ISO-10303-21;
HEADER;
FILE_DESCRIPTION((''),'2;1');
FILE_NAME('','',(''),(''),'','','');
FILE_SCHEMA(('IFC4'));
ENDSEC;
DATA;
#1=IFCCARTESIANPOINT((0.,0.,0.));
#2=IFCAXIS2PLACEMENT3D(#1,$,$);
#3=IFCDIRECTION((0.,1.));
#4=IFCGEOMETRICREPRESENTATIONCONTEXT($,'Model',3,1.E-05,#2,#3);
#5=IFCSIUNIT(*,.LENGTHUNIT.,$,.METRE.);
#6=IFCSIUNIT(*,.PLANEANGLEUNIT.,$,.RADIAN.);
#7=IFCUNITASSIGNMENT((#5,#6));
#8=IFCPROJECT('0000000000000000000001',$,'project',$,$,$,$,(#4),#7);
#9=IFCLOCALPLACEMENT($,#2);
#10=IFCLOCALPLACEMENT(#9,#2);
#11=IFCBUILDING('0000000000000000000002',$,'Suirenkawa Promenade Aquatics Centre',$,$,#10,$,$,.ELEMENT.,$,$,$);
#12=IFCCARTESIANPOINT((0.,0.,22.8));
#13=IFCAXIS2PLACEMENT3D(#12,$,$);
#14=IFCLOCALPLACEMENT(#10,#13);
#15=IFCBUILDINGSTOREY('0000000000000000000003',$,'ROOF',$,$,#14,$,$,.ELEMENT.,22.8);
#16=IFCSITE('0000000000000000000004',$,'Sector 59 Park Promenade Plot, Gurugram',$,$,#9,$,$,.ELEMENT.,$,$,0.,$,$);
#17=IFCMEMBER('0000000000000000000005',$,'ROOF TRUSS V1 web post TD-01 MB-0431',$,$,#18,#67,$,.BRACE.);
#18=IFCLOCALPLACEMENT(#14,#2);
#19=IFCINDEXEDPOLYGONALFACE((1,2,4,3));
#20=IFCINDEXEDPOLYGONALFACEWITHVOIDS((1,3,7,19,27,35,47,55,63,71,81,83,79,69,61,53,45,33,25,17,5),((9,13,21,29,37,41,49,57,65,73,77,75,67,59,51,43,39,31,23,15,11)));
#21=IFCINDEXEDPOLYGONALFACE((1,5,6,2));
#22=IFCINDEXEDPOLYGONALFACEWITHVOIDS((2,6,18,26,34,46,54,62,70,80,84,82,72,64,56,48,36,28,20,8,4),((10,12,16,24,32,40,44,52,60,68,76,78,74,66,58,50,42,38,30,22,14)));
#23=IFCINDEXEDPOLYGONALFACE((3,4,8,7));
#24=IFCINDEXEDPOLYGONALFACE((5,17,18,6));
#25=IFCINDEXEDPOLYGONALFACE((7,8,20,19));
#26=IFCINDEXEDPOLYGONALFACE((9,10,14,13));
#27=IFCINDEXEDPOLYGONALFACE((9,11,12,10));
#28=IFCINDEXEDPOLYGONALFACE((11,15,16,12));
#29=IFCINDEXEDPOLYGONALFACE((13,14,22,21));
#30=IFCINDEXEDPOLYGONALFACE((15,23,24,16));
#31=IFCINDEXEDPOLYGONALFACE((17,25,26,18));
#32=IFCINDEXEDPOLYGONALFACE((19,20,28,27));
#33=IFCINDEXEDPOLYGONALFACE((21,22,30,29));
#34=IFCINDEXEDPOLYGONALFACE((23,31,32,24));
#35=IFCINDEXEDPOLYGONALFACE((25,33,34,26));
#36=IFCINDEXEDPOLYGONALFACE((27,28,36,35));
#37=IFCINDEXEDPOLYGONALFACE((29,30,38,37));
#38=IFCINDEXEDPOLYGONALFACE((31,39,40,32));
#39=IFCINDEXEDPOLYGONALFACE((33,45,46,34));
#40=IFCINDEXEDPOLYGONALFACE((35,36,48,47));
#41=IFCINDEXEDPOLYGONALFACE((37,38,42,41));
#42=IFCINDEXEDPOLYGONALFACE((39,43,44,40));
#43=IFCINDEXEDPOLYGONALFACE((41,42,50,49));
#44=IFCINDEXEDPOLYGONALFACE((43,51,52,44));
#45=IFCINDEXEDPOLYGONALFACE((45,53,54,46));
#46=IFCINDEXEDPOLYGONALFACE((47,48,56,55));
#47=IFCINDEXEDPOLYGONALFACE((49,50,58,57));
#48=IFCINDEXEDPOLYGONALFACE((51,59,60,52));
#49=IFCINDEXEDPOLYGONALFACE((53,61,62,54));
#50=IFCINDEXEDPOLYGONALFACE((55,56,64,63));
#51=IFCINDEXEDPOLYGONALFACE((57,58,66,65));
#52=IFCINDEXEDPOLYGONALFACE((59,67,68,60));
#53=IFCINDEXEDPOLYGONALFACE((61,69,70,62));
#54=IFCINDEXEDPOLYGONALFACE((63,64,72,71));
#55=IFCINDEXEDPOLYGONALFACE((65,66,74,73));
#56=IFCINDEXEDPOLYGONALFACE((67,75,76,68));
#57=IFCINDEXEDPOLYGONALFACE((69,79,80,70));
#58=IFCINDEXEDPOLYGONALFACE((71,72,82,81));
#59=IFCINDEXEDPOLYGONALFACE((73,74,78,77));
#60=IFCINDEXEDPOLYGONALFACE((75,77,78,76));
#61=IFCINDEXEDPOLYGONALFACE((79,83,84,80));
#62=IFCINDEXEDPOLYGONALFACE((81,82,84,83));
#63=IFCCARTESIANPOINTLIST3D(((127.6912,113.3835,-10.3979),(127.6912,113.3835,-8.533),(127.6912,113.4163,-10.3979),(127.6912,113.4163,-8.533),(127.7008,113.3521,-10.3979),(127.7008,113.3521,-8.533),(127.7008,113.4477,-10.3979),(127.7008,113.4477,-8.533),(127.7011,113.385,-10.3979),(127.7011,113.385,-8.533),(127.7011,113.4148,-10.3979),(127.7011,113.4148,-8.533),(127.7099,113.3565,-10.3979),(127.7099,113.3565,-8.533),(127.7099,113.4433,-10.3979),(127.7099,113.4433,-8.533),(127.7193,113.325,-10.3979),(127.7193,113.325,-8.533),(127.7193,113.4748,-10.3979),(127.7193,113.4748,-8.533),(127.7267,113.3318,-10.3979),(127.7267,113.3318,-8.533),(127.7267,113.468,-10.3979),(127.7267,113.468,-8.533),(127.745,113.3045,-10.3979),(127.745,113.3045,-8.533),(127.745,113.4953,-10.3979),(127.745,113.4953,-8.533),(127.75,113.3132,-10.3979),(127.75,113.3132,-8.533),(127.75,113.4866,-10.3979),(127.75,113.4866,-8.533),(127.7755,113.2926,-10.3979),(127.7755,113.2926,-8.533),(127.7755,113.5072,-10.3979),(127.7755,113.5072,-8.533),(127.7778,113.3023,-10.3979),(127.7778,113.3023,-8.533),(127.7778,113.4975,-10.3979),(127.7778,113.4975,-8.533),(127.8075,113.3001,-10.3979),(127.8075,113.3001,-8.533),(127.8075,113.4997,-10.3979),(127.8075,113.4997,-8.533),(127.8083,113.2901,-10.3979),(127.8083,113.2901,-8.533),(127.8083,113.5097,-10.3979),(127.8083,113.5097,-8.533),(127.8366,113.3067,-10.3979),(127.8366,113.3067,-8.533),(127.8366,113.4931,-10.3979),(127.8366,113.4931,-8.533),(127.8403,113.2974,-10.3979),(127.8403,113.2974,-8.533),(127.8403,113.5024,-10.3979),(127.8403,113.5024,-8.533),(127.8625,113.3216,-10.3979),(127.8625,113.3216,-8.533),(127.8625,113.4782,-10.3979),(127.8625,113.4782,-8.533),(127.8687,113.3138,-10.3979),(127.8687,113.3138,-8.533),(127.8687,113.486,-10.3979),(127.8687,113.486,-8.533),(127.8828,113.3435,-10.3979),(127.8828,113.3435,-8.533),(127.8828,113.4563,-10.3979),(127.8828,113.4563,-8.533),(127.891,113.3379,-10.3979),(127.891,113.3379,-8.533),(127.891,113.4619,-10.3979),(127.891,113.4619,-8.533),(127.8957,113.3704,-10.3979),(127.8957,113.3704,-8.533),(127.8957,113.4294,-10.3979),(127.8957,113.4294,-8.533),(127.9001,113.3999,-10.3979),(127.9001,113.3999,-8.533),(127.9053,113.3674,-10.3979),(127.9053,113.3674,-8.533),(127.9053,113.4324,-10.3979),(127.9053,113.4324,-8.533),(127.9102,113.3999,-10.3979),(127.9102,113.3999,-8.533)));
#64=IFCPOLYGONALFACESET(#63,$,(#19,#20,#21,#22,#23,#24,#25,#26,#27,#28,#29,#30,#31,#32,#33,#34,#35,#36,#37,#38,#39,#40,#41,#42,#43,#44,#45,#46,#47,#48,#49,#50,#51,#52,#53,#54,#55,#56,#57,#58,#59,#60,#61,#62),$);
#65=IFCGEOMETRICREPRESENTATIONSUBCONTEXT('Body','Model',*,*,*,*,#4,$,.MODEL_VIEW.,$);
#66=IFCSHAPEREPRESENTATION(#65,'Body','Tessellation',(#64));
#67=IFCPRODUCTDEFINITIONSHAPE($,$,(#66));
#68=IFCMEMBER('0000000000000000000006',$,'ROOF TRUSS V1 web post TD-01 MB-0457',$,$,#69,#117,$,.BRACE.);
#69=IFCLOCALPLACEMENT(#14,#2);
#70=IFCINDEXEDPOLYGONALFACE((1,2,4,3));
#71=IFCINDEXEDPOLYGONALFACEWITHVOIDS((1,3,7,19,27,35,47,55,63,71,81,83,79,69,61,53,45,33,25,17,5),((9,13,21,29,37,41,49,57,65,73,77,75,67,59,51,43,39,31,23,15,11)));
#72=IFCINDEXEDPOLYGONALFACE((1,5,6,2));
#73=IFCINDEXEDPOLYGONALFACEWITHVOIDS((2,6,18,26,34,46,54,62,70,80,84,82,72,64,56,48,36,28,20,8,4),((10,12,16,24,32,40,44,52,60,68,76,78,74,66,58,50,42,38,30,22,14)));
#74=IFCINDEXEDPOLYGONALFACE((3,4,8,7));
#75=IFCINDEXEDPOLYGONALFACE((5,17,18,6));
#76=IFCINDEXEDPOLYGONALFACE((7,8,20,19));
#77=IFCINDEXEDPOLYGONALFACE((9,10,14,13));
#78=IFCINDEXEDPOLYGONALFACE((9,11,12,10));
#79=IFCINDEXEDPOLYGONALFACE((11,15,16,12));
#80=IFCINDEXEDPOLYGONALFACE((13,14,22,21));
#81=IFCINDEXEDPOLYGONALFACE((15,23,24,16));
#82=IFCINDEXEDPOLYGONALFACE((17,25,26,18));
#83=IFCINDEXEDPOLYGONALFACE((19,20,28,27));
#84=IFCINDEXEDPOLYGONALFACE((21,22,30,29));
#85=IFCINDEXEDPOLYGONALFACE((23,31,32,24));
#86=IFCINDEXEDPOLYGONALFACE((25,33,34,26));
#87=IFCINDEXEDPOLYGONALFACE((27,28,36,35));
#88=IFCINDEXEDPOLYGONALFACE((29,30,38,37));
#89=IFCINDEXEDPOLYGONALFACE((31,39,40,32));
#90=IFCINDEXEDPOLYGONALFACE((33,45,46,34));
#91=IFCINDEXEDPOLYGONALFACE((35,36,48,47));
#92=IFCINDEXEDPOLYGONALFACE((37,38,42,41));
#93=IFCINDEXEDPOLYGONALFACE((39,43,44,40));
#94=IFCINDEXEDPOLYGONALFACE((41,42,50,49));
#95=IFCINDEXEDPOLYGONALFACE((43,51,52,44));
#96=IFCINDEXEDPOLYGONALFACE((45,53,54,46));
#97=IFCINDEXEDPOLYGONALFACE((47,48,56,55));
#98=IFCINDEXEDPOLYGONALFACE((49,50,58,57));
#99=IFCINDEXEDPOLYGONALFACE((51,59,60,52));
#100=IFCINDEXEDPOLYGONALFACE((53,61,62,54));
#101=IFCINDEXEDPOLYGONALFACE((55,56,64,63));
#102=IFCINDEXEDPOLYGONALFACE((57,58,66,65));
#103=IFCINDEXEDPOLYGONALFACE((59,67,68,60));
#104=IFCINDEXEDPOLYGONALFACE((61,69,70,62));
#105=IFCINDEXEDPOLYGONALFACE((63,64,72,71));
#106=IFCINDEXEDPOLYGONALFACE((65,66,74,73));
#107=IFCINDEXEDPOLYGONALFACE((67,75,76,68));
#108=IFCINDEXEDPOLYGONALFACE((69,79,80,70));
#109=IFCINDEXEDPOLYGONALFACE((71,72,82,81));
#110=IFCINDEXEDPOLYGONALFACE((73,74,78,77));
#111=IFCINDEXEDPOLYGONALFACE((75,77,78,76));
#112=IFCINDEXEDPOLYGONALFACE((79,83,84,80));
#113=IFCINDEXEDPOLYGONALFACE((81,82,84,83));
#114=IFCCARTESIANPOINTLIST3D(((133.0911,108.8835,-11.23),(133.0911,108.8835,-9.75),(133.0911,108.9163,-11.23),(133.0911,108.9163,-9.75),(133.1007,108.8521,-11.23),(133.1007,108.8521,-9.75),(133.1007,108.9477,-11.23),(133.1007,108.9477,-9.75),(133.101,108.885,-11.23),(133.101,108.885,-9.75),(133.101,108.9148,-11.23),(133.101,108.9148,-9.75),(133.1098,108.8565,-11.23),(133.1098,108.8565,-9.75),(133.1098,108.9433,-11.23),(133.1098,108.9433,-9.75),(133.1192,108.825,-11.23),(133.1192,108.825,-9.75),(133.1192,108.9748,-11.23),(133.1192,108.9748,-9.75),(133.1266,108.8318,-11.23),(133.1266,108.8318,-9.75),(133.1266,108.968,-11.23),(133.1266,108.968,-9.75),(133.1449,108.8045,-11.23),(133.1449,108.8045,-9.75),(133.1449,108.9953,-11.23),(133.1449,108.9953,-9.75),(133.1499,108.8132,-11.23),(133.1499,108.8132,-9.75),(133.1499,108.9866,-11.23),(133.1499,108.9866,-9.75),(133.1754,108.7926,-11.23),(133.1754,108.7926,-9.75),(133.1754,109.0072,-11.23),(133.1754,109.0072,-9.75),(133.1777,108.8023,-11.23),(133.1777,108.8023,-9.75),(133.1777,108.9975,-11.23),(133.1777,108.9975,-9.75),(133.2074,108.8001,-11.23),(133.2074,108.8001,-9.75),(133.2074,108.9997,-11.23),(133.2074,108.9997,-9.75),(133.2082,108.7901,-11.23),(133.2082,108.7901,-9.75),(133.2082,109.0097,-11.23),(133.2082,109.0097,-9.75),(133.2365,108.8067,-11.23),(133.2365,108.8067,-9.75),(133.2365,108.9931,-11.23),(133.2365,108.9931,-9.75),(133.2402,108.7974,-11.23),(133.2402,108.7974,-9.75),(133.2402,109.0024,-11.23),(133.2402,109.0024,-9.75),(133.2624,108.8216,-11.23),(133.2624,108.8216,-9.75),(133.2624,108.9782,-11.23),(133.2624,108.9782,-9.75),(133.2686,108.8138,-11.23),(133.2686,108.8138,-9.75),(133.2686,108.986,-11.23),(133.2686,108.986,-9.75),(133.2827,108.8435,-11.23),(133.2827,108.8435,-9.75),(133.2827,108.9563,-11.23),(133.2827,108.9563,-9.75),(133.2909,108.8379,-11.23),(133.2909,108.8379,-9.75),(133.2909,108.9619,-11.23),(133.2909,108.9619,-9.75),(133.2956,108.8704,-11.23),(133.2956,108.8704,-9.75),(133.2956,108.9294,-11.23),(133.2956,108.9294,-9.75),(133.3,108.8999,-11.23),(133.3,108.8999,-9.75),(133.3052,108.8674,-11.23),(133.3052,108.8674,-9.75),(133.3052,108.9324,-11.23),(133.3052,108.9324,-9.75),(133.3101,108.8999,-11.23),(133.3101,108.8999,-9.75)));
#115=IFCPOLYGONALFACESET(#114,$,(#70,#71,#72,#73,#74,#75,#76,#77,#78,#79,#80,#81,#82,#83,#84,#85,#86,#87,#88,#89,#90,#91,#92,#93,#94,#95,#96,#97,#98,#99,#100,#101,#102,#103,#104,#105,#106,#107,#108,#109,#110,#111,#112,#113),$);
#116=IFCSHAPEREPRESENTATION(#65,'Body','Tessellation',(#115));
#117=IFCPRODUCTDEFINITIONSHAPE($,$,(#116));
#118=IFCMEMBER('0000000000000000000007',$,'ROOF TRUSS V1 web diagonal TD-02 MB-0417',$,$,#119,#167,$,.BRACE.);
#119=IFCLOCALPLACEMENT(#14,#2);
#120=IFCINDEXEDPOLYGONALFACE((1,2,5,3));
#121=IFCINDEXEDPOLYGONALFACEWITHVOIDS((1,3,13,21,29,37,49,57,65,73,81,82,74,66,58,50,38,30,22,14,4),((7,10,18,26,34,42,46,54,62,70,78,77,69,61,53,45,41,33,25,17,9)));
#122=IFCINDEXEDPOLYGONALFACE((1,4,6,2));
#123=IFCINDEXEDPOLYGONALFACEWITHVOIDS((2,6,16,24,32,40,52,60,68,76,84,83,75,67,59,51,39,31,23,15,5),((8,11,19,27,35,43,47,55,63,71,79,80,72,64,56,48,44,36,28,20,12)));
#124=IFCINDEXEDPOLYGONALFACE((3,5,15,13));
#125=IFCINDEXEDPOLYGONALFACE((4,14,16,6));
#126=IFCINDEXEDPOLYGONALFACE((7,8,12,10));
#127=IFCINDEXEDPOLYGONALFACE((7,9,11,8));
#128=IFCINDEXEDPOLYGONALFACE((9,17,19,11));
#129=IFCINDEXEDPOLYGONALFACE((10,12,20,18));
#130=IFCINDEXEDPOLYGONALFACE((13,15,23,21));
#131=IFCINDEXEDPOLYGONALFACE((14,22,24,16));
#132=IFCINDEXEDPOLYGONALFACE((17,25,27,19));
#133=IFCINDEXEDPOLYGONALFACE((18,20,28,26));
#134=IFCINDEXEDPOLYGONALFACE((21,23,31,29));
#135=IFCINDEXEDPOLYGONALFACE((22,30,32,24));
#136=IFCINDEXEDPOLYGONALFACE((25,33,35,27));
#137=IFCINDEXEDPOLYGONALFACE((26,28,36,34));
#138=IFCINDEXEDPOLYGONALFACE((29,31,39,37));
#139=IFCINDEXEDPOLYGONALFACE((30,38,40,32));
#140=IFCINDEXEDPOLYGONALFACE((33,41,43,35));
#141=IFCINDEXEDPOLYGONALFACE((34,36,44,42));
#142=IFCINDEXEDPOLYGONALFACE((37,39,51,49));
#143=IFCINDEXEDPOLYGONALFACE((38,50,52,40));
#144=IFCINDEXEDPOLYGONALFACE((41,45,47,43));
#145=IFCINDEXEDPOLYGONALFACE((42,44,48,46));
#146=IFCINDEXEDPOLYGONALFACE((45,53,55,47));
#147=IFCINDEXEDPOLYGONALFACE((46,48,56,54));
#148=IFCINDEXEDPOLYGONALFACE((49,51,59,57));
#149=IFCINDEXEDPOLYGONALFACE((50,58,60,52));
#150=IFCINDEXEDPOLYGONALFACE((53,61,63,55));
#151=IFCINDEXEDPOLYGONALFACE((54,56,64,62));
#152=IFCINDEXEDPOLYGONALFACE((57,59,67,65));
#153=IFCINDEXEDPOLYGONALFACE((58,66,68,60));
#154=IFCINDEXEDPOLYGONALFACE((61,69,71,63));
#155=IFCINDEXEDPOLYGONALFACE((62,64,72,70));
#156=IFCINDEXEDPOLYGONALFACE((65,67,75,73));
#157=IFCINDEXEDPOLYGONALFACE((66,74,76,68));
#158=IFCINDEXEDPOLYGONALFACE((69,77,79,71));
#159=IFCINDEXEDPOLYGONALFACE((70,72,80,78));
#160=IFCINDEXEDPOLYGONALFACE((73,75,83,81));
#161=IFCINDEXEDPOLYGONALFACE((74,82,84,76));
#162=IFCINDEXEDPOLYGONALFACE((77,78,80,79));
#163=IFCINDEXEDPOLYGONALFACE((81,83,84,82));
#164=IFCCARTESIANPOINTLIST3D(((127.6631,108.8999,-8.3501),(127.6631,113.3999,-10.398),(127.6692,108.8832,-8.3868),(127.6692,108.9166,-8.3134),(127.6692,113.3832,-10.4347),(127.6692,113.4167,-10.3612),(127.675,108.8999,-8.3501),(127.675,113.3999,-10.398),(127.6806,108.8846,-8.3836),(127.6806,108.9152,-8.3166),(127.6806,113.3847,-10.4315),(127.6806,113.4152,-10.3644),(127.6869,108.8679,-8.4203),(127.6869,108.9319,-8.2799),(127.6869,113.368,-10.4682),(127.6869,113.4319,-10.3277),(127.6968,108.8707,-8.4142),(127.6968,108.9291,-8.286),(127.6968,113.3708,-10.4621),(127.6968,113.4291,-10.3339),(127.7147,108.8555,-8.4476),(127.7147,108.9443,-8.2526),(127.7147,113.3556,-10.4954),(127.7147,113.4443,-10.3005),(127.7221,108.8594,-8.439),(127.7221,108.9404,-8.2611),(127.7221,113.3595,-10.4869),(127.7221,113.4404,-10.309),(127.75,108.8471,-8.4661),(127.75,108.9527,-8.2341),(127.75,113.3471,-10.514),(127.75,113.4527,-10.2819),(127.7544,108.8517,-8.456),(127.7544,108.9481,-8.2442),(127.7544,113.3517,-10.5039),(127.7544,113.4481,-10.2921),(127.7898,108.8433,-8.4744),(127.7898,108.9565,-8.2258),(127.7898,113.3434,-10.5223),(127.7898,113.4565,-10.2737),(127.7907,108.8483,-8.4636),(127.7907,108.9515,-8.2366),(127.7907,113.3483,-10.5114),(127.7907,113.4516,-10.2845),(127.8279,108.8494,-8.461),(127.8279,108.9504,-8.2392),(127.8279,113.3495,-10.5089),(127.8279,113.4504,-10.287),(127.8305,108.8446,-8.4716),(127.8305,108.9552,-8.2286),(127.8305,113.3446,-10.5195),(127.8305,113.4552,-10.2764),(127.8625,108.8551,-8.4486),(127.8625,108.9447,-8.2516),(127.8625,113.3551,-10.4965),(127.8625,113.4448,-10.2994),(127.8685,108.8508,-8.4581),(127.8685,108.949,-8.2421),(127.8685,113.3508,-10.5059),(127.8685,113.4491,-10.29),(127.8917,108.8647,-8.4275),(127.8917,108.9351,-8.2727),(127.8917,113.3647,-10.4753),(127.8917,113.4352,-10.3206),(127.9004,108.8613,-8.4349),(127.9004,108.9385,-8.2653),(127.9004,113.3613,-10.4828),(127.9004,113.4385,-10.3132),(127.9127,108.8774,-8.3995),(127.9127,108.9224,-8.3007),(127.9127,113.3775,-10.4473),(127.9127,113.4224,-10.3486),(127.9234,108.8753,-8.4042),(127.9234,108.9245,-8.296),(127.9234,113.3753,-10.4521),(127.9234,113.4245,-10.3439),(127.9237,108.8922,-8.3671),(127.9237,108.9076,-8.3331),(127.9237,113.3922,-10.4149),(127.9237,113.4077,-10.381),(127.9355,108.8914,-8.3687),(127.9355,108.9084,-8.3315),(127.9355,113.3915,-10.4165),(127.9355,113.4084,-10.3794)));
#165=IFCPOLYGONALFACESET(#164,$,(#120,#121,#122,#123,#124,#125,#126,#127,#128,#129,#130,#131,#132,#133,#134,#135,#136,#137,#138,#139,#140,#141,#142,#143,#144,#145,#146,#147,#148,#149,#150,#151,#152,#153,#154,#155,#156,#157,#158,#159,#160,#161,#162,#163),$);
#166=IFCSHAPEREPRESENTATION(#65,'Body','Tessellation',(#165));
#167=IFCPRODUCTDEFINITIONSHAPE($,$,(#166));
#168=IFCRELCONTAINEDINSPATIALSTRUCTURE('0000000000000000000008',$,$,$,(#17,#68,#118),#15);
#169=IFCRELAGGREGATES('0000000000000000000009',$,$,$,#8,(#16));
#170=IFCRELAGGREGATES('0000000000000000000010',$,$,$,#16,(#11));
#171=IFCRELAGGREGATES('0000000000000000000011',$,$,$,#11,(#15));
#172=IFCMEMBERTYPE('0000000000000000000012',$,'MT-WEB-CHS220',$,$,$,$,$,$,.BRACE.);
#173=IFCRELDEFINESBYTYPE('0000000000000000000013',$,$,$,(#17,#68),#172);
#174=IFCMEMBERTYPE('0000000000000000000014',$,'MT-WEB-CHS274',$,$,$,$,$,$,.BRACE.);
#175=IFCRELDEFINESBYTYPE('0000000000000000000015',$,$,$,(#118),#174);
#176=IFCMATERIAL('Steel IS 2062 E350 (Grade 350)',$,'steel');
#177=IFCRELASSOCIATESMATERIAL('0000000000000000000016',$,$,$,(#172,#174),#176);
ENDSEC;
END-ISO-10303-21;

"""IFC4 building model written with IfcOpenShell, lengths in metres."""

from ifc_helpers import new_model, si_unit, direction, frame, origin, origin_2d, place, context, subcontext, project, spatial, hollow_circle, extrude, material, material_profile, profile_set, type_object, element, save


model = new_model("IFC4")

# Units and contexts
model_context = context("Model", 3, precision=1e-05, world=origin(), true_north=direction((0.0, 1.0)))
body_context = subcontext(model_context, "Body", "Model", "MODEL_VIEW")
ifc_project = project(units=[si_unit("LENGTHUNIT", "METRE"), si_unit("PLANEANGLEUNIT", "RADIAN")], contexts=[model_context])

# Site, building, storey
site_placement = place(None, origin())
site = spatial("IfcSite", under=ifc_project, at=site_placement, Name="Sector 59 Park Promenade Plot, Gurugram", CompositionType="ELEMENT", RefElevation=0.0)
building_placement = place(site_placement, origin())
building = spatial("IfcBuilding", under=site, at=building_placement, Name="Suirenkawa Promenade Aquatics Centre", CompositionType="ELEMENT")
storey_placement = place(building_placement, frame((0.0, 0.0, 22.8)))
storey = spatial("IfcBuildingStorey", under=building, at=storey_placement, Name="ROOF", CompositionType="ELEMENT", Elevation=22.8)

# Shared definitions
ifc_material = material(Name="Steel IS 2062 E350 (Grade 350)", Category="steel")

# Members
ifc_material_profile_1 = material_profile(ifc_material, hollow_circle(Radius=0.1101, WallThickness=0.01, at=origin_2d()), Name="CHS 220x10", Category="steel")
ifc_profile_set_1 = profile_set([ifc_material_profile_1], Name="Steel IS 2062 E350 (Grade 350)")
member_type_1 = type_object("IfcMemberType", Name="MT-WEB-CHS220", PredefinedType="BRACE", material=ifc_profile_set_1)
member_1_placement = place(storey_placement, frame((127.8, 113.3999, -10.3979), z_axis=(0.0, 0.0, 1.0), x_axis=(1.0, 0.0, 0.0)))
element("IfcMember", 1, at=member_1_placement, inside=storey, type_object=member_type_1, Name="ROOF TRUSS V1 web post TD-01 MB-0431", PredefinedType="BRACE", context=body_context, shape_type="SweptSolid", body=[
    extrude(hollow_circle(Radius=0.1101, WallThickness=0.01, at=origin_2d()), origin(), (0.0, 0.0, 1.0), 1.865),
])
member_2_placement = place(storey_placement, frame((133.2, 108.8999, -11.23), z_axis=(0.0, 0.0, 1.0), x_axis=(1.0, 0.0, 0.0)))
element("IfcMember", 2, at=member_2_placement, inside=storey, type_object=member_type_1, Name="ROOF TRUSS V1 web post TD-01 MB-0457", PredefinedType="BRACE", context=body_context, shape_type="SweptSolid", body=[
    extrude(hollow_circle(Radius=0.1101, WallThickness=0.01, at=origin_2d()), origin(), (0.0, 0.0, 1.0), 1.48),
])
ifc_material_profile_2 = material_profile(ifc_material, hollow_circle(Radius=0.137, WallThickness=0.012, at=origin_2d()), Name="CHS 274x12", Category="steel")
ifc_profile_set_2 = profile_set([ifc_material_profile_2], Name="Steel IS 2062 E350 (Grade 350)")
member_type_2 = type_object("IfcMemberType", Name="MT-WEB-CHS274", PredefinedType="BRACE", material=ifc_profile_set_2)
member_3_placement = place(storey_placement, frame((127.8, 108.8999, -8.3501), z_axis=(0.0, 0.910184, -0.414205), x_axis=(-1.0, 0.0, 0.0)))
element("IfcMember", 3, at=member_3_placement, inside=storey, type_object=member_type_2, Name="ROOF TRUSS V1 web diagonal TD-02 MB-0417", PredefinedType="BRACE", context=body_context, shape_type="SweptSolid", body=[
    extrude(hollow_circle(Radius=0.137, WallThickness=0.012, at=origin_2d()), origin(), (0.0, 0.0, 1.0), 4.9441),
])

save(model, "model.ifc")
